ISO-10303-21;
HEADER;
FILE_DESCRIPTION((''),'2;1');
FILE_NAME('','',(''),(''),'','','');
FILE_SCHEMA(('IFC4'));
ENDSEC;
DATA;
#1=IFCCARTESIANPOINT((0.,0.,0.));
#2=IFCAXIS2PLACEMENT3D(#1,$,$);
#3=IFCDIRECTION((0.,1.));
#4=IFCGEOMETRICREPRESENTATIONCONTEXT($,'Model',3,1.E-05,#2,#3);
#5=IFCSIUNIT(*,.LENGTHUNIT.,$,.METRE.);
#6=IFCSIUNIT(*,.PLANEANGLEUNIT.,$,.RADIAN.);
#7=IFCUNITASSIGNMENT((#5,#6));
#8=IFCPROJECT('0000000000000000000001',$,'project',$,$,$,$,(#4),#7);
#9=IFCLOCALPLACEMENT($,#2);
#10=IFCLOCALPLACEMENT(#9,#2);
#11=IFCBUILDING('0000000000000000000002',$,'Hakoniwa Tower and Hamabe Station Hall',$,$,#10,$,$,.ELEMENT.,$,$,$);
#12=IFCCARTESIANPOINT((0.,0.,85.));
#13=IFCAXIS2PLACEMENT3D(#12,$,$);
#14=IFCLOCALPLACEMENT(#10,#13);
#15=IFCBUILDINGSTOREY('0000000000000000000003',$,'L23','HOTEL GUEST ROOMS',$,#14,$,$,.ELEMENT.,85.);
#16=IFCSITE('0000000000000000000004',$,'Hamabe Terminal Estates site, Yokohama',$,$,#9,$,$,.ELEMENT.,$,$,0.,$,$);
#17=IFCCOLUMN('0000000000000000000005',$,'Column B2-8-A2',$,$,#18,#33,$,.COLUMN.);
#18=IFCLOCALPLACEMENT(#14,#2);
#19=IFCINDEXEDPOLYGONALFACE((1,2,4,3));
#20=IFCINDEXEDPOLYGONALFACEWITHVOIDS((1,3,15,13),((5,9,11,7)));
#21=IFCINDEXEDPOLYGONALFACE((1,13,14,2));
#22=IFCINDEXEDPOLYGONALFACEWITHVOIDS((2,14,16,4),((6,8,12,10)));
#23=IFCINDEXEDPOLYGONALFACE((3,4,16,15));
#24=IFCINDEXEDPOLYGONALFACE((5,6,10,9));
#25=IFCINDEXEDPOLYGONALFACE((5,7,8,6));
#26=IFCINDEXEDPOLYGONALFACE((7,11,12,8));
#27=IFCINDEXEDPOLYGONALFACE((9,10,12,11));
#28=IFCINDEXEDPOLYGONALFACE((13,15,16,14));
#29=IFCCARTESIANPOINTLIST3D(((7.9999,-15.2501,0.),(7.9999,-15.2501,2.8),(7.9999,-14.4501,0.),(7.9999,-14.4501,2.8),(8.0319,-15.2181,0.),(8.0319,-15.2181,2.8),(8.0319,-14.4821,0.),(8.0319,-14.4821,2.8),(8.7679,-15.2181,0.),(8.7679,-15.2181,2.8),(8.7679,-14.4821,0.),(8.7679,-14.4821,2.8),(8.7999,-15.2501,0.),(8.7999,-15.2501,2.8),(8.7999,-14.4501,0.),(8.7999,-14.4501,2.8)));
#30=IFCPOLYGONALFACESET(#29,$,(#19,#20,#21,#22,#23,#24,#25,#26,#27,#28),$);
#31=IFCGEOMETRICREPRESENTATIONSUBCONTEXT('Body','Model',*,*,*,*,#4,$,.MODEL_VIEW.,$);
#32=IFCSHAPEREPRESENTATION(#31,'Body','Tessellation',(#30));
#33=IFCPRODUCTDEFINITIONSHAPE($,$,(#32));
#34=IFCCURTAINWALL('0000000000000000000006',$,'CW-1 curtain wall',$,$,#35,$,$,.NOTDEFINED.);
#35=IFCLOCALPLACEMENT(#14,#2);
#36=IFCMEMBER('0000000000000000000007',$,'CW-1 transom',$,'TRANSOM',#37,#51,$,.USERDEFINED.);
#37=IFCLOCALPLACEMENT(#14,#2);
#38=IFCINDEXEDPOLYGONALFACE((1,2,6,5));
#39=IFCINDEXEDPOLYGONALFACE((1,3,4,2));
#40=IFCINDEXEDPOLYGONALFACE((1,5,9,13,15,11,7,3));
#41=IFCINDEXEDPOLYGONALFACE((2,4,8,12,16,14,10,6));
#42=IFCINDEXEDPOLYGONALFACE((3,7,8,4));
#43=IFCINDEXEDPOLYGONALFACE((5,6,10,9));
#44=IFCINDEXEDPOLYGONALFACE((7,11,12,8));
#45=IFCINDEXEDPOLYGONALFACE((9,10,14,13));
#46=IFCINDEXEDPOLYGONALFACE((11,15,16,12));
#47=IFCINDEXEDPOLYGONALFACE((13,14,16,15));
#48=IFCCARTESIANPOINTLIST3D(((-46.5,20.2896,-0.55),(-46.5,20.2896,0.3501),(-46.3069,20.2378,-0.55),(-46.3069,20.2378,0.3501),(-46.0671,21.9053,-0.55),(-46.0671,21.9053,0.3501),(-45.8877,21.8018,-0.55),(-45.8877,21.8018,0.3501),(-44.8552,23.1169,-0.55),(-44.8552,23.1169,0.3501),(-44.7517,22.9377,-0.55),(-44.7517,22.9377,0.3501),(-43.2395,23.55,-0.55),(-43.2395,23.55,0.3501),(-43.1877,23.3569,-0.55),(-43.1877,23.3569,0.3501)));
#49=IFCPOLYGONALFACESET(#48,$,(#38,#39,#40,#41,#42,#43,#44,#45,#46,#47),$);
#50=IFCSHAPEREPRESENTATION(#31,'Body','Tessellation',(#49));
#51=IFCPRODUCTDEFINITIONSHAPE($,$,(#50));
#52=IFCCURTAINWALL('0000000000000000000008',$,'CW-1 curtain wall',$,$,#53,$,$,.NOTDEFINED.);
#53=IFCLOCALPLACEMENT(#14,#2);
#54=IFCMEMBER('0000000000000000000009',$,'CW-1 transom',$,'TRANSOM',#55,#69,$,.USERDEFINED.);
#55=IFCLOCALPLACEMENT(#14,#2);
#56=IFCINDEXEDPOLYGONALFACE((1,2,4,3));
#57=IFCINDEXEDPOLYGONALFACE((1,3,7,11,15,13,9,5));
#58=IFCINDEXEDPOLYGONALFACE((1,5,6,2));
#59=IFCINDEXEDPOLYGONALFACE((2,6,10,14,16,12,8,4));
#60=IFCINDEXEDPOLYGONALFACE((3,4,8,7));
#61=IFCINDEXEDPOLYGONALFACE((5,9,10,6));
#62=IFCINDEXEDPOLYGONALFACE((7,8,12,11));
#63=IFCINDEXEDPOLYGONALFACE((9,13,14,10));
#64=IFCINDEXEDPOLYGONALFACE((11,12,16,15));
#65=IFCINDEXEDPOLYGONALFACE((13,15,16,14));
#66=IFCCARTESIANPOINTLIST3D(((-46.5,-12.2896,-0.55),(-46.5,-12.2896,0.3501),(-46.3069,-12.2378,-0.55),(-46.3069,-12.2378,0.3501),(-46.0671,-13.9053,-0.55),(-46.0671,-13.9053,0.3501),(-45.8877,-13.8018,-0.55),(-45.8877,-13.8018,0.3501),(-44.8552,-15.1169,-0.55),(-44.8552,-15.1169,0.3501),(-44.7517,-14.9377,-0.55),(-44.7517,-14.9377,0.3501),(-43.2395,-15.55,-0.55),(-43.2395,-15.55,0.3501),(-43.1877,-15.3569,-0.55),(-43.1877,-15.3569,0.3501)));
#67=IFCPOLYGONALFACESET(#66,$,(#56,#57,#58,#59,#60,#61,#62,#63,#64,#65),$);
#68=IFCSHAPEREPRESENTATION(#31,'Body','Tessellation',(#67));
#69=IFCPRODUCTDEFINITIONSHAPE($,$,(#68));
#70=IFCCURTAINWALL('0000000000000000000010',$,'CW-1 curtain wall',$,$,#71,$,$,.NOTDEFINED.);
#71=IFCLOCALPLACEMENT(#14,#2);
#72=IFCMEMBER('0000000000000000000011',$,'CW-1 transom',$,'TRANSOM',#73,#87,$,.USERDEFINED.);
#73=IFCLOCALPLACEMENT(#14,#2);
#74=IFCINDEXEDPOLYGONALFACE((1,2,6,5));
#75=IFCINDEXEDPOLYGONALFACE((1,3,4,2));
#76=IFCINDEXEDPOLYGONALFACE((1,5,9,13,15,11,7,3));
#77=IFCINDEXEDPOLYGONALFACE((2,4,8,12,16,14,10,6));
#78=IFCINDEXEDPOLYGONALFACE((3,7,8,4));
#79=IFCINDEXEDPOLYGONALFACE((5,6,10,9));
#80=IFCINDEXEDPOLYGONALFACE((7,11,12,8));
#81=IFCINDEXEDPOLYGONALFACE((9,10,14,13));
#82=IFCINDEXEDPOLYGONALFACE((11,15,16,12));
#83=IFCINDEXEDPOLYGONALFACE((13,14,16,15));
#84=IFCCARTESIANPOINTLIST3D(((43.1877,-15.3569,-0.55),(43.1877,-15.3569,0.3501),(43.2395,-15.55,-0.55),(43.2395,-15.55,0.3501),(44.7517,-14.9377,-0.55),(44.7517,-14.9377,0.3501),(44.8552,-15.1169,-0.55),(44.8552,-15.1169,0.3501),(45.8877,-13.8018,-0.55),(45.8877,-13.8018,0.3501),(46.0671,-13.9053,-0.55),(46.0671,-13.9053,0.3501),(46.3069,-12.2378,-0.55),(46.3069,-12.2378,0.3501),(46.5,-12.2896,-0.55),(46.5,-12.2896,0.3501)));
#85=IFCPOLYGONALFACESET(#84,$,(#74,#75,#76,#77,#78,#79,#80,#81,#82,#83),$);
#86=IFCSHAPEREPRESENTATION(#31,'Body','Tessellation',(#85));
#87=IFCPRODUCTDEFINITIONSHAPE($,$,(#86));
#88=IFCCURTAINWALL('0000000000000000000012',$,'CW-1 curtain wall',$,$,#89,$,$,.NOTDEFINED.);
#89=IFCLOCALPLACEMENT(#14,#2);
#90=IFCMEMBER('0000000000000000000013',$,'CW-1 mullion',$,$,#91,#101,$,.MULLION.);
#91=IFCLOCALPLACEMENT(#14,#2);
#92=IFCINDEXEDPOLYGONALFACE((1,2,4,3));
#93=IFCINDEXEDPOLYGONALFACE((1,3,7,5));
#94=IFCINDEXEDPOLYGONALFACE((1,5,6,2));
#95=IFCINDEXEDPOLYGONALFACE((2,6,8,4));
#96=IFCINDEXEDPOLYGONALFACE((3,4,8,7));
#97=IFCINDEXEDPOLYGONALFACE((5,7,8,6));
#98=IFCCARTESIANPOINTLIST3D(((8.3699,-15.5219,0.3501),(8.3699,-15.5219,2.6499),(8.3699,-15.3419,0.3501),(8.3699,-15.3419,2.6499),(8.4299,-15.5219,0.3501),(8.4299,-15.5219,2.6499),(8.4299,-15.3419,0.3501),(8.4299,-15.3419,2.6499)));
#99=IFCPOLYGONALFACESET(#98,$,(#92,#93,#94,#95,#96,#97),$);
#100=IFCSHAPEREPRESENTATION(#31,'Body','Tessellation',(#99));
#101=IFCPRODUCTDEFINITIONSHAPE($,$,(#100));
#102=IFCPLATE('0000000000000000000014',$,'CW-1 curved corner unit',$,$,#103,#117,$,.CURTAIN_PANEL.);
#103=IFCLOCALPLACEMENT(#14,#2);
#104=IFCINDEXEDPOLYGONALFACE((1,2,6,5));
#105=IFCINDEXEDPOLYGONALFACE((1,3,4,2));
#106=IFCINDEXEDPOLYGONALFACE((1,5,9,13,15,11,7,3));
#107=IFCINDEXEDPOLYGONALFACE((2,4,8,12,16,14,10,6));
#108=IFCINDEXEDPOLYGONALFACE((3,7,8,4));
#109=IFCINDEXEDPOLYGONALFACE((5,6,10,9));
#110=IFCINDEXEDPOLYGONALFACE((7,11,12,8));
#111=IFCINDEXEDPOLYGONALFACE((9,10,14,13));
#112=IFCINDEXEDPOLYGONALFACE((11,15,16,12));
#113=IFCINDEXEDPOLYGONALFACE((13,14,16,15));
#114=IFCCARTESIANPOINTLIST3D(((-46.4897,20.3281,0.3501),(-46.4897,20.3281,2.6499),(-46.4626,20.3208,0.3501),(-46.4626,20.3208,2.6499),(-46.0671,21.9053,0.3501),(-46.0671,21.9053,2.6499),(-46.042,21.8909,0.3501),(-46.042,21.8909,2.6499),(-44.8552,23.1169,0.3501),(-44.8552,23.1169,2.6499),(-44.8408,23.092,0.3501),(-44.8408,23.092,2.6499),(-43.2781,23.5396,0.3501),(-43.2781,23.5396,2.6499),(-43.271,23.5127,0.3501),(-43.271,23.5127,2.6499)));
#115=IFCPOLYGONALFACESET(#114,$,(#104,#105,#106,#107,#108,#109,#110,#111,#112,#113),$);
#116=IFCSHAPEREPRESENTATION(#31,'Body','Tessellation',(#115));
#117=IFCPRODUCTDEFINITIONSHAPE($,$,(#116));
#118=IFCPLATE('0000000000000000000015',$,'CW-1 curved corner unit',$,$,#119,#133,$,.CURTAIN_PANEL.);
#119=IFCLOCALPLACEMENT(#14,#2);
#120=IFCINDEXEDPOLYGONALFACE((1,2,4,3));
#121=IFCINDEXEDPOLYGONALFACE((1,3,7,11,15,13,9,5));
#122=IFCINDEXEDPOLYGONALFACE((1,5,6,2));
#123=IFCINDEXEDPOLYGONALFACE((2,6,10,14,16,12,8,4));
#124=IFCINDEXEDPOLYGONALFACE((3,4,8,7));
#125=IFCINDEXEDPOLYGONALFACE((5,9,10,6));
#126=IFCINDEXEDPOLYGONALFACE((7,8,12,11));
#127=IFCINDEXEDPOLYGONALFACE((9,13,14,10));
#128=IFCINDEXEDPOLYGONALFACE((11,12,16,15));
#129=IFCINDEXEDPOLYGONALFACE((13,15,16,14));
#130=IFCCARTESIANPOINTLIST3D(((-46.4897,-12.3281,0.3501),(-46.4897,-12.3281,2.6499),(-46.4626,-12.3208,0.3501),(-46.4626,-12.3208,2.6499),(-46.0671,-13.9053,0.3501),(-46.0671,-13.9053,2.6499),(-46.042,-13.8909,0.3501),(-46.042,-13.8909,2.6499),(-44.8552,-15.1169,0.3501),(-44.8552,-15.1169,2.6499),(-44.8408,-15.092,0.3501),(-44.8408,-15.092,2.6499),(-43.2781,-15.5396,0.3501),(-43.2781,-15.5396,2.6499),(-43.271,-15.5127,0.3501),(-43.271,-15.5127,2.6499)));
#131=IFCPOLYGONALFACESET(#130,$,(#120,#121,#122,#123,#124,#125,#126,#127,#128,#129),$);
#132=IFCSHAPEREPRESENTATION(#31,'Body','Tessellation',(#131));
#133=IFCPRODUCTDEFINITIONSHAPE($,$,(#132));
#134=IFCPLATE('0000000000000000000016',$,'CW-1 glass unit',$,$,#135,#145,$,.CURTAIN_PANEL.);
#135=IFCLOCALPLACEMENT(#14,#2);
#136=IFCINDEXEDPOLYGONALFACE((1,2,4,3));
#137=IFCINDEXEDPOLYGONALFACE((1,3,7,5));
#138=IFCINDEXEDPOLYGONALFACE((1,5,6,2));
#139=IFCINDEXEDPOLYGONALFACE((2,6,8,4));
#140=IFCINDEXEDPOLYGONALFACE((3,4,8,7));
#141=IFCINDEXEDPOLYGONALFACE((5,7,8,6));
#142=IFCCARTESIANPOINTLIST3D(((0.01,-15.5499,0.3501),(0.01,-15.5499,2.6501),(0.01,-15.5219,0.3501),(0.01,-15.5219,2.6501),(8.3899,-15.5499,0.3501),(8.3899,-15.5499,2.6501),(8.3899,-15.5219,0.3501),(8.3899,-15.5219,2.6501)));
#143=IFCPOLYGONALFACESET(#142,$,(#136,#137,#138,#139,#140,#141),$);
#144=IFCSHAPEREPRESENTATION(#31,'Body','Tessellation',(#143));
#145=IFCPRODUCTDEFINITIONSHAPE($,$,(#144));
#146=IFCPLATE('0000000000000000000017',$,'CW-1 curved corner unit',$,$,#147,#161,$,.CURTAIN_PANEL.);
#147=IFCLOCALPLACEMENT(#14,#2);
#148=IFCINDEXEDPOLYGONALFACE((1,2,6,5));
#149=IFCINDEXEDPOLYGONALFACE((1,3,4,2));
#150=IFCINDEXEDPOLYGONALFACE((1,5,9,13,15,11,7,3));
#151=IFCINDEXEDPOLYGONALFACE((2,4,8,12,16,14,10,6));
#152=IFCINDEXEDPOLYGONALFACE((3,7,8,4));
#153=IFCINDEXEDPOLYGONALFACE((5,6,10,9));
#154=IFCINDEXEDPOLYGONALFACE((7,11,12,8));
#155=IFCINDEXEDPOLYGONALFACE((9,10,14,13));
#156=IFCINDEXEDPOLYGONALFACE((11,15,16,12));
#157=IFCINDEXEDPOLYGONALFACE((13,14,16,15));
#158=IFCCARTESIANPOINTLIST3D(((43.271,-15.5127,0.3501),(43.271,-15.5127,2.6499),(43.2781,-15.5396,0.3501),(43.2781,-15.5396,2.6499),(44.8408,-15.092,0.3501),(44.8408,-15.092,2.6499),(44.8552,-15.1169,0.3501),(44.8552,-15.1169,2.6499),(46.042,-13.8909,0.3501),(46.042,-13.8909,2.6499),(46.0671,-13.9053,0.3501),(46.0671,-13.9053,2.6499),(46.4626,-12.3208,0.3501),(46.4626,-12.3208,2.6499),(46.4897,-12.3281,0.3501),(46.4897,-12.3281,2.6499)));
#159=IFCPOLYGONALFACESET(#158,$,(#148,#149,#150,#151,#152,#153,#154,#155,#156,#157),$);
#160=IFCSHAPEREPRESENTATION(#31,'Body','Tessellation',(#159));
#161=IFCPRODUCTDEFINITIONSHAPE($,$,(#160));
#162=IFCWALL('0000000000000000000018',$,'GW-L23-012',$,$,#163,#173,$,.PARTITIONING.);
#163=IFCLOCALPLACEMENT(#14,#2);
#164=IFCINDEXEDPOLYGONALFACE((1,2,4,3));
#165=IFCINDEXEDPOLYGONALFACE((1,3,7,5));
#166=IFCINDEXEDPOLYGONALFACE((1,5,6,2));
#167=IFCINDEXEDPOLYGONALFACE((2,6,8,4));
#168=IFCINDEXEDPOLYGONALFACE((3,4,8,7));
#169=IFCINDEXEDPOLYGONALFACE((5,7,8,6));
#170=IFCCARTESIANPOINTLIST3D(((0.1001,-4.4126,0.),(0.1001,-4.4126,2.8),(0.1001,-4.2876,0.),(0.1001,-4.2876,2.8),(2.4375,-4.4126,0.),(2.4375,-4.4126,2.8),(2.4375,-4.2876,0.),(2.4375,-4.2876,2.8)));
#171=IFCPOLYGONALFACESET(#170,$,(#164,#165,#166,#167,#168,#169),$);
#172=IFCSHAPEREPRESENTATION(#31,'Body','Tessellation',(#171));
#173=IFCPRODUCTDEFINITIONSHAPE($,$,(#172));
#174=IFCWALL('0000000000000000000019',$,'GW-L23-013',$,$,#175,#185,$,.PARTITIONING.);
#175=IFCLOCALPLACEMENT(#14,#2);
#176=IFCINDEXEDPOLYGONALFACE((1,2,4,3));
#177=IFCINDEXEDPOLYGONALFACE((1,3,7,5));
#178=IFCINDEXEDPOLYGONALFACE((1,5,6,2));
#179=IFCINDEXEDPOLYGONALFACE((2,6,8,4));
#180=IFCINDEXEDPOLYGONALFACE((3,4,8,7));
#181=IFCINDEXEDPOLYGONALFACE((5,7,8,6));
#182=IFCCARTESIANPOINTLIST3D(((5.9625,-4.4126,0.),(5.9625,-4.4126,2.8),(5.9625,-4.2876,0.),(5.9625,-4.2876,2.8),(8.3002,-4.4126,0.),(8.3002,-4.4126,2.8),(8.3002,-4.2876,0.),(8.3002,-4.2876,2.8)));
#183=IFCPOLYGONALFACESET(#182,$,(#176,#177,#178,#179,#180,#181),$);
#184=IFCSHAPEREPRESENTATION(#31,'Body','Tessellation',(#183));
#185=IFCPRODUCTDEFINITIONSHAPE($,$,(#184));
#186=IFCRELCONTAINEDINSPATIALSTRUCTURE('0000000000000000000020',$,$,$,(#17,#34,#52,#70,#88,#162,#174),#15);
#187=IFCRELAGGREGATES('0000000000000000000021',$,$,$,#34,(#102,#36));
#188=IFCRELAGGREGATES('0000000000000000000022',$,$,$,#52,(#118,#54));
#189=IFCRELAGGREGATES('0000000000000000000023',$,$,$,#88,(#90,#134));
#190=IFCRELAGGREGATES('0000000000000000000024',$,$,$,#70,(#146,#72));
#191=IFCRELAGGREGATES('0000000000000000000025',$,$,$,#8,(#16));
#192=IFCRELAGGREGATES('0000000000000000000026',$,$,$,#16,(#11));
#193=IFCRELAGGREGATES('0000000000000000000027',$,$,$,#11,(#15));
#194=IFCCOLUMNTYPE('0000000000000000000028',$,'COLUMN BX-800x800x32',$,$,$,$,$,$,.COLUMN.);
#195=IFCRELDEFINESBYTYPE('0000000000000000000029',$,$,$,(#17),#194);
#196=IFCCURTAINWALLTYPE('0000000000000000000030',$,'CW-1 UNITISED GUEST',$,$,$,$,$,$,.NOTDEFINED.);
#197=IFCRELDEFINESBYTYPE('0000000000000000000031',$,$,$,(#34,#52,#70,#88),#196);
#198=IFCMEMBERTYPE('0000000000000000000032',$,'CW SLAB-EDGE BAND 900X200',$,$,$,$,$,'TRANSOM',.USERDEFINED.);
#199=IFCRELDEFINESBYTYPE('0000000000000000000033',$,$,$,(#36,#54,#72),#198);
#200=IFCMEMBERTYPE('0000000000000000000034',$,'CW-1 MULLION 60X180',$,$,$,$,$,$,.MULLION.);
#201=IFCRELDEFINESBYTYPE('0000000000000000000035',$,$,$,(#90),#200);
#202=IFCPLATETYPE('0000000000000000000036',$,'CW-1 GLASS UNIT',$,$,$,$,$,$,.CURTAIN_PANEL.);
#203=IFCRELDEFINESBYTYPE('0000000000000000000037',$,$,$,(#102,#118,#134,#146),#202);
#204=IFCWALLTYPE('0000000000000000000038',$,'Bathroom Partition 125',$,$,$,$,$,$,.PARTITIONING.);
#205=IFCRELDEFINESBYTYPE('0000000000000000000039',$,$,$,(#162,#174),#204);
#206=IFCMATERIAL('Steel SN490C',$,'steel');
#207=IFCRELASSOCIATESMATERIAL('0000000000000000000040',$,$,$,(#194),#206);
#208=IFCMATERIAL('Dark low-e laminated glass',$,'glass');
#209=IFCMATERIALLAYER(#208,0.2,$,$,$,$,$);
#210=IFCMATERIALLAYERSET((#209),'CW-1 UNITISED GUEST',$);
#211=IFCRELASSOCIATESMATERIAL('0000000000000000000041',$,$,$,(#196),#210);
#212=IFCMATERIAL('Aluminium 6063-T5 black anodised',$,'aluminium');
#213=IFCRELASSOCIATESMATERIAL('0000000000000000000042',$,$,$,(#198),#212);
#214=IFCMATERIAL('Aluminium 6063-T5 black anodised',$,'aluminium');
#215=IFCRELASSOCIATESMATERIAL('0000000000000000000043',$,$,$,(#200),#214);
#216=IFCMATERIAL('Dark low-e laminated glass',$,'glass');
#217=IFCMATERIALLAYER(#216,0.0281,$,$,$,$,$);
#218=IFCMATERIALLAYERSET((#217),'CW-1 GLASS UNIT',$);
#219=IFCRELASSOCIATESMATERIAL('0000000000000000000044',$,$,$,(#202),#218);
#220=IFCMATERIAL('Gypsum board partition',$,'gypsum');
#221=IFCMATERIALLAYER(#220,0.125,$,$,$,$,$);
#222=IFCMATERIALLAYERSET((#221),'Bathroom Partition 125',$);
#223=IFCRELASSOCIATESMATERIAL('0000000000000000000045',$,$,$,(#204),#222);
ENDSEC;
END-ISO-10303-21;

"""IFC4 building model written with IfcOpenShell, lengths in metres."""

from ifc_helpers import new_model, si_unit, direction, frame, frame_2d, origin, origin_2d, place, context, subcontext, project, spatial, polyline, rectangle, hollow_rectangle, outline, extrude, material, layer, layer_set, material_profile, profile_set, type_object, element, aggregate, save


model = new_model("IFC4")

# Units and contexts
model_context = context("Model", 3, precision=1e-05, world=origin(), true_north=direction((0.0, 1.0)))
body_context = subcontext(model_context, "Body", "Model", "MODEL_VIEW")
ifc_project = project(units=[si_unit("LENGTHUNIT", "METRE"), si_unit("PLANEANGLEUNIT", "RADIAN")], contexts=[model_context])

# Site, building, storey
site_placement = place(None, origin())
site = spatial("IfcSite", under=ifc_project, at=site_placement, Name="Hamabe Terminal Estates site, Yokohama", CompositionType="ELEMENT", RefElevation=0.0)
building_placement = place(site_placement, origin())
building = spatial("IfcBuilding", under=site, at=building_placement, Name="Hakoniwa Tower and Hamabe Station Hall", CompositionType="ELEMENT")
storey_placement = place(building_placement, frame((0.0, 0.0, 85.0)))
storey = spatial("IfcBuildingStorey", under=building, at=storey_placement, Name="L23", Description="HOTEL GUEST ROOMS", CompositionType="ELEMENT", Elevation=85.0)

# Column
ifc_material_1 = material(Name="Steel SN490C", Category="steel")
ifc_material_profile_1 = material_profile(ifc_material_1, hollow_rectangle(XDim=0.8, YDim=0.8, WallThickness=0.032, at=origin_2d()), Name="BX-800x800x32")
ifc_profile_set_1 = profile_set([ifc_material_profile_1], Name="Steel SN490C")
column_type = type_object("IfcColumnType", Name="COLUMN BX-800x800x32", PredefinedType="COLUMN", material=ifc_profile_set_1)
column_placement = place(storey_placement, frame((8.3999, -14.8501, 0.0), z_axis=(0.0, 0.0, 1.0), x_axis=(1.0, 0.0, 0.0)))
element("IfcColumn", 1, at=column_placement, inside=storey, type_object=column_type, Name="Column B2-8-A2", PredefinedType="COLUMN", context=body_context, shape_type="SweptSolid", body=[
    extrude(hollow_rectangle(XDim=0.8, YDim=0.8, WallThickness=0.032, at=origin_2d()), origin(), (0.0, 0.0, 1.0), 2.8),
])

# Curtain walls, members
ifc_material_2 = material(Name="Dark low-e laminated glass", Category="glass")
ifc_layer_1 = layer(ifc_material_2, 0.2)
ifc_layer_set_1 = layer_set([ifc_layer_1], Name="CW-1 UNITISED GUEST")
curtain_wall_type = type_object("IfcCurtainWallType", Name="CW-1 UNITISED GUEST", PredefinedType="NOTDEFINED", material=ifc_layer_set_1)
curtain_wall_1_placement = place(storey_placement, origin())
curtain_wall_1 = element("IfcCurtainWall", 2, at=curtain_wall_1_placement, inside=storey, type_object=curtain_wall_type, Name="CW-1 curtain wall", PredefinedType="NOTDEFINED")
ifc_material_3 = material(Name="Aluminium 6063-T5 black anodised", Category="aluminium")
ifc_material_profile_2 = material_profile(ifc_material_3, rectangle(XDim=0.2, YDim=0.8999, at=origin_2d()), Name="CW SLAB-EDGE BAND 900X200")
ifc_profile_set_2 = profile_set([ifc_material_profile_2], Name="Aluminium 6063-T5 black anodised")
member_type_1 = type_object("IfcMemberType", Name="CW SLAB-EDGE BAND 900X200", ElementType="TRANSOM", PredefinedType="USERDEFINED", material=ifc_profile_set_2)
member_1_placement = place(storey_placement, frame((0.0, 0.0, -0.55)))
member_1 = element("IfcMember", 3, at=member_1_placement, type_object=member_type_1, Name="CW-1 transom", ObjectType="TRANSOM", PredefinedType="USERDEFINED", context=body_context, shape_type="SweptSolid", body=[
    extrude(outline(polyline([(-43.2395, 23.55), (-44.8552, 23.1169), (-46.0671, 21.9053), (-46.5, 20.2896), (-46.3069, 20.2378), (-45.8877, 21.8018), (-44.7517, 22.9377), (-43.1877, 23.3569), (-43.2395, 23.55)])), origin(), (0.0, 0.0, 1.0), 0.9001),
])
curtain_wall_2_placement = place(storey_placement, origin())
curtain_wall_2 = element("IfcCurtainWall", 4, at=curtain_wall_2_placement, inside=storey, type_object=curtain_wall_type, Name="CW-1 curtain wall", PredefinedType="NOTDEFINED")
member_2_placement = place(storey_placement, frame((0.0, 0.0, -0.55)))
member_2 = element("IfcMember", 5, at=member_2_placement, type_object=member_type_1, Name="CW-1 transom", ObjectType="TRANSOM", PredefinedType="USERDEFINED", context=body_context, shape_type="SweptSolid", body=[
    extrude(outline(polyline([(-46.5, -12.2896), (-46.0671, -13.9053), (-44.8552, -15.1169), (-43.2395, -15.55), (-43.1877, -15.3569), (-44.7517, -14.9377), (-45.8877, -13.8018), (-46.3069, -12.2378), (-46.5, -12.2896)])), origin(), (0.0, 0.0, 1.0), 0.9001),
])
curtain_wall_3_placement = place(storey_placement, origin())
curtain_wall_3 = element("IfcCurtainWall", 6, at=curtain_wall_3_placement, inside=storey, type_object=curtain_wall_type, Name="CW-1 curtain wall", PredefinedType="NOTDEFINED")
member_3_placement = place(storey_placement, frame((0.0, 0.0, -0.55)))
member_3 = element("IfcMember", 7, at=member_3_placement, type_object=member_type_1, Name="CW-1 transom", ObjectType="TRANSOM", PredefinedType="USERDEFINED", context=body_context, shape_type="SweptSolid", body=[
    extrude(outline(polyline([(43.2395, -15.55), (44.8552, -15.1169), (46.0671, -13.9053), (46.5, -12.2896), (46.3069, -12.2378), (45.8877, -13.8018), (44.7517, -14.9377), (43.1877, -15.3569), (43.2395, -15.55)])), origin(), (0.0, 0.0, 1.0), 0.9001),
])
curtain_wall_4_placement = place(storey_placement, origin())
curtain_wall_4 = element("IfcCurtainWall", 8, at=curtain_wall_4_placement, inside=storey, type_object=curtain_wall_type, Name="CW-1 curtain wall", PredefinedType="NOTDEFINED")
ifc_material_4 = material(Name="Aluminium 6063-T5 black anodised", Category="aluminium")
ifc_material_profile_3 = material_profile(ifc_material_4, rectangle(XDim=0.0601, YDim=0.1799, at=origin_2d()), Name="CW-1 MULLION 60X180")
ifc_profile_set_3 = profile_set([ifc_material_profile_3], Name="Aluminium 6063-T5 black anodised")
member_type_2 = type_object("IfcMemberType", Name="CW-1 MULLION 60X180", PredefinedType="MULLION", material=ifc_profile_set_3)
member_4_placement = place(storey_placement, frame((8.3999, -15.4319, 0.3501), z_axis=(0.0, 0.0, 1.0), x_axis=(1.0, 0.0, 0.0)))
member_4 = element("IfcMember", 9, at=member_4_placement, type_object=member_type_2, Name="CW-1 mullion", PredefinedType="MULLION", context=body_context, shape_type="SweptSolid", body=[
    extrude(rectangle(XDim=0.0601, YDim=0.1799, at=origin_2d()), origin(), (0.0, 0.0, 1.0), 2.2998),
])

# Plates
ifc_material_5 = material(Name="Dark low-e laminated glass", Category="glass")
ifc_layer_2 = layer(ifc_material_5, 0.0281)
ifc_layer_set_2 = layer_set([ifc_layer_2], Name="CW-1 GLASS UNIT")
plate_type = type_object("IfcPlateType", Name="CW-1 GLASS UNIT", PredefinedType="CURTAIN_PANEL", material=ifc_layer_set_2)
plate_1_placement = place(storey_placement, frame((0.0, 0.0, 0.3501)))
plate_1 = element("IfcPlate", 10, at=plate_1_placement, type_object=plate_type, Name="CW-1 curved corner unit", PredefinedType="CURTAIN_PANEL", context=body_context, shape_type="SweptSolid", body=[
    extrude(outline(polyline([(-43.2781, 23.5396), (-44.8552, 23.1169), (-46.0671, 21.9053), (-46.4897, 20.3281), (-46.4626, 20.3208), (-46.042, 21.8909), (-44.8408, 23.092), (-43.271, 23.5127), (-43.2781, 23.5396)])), origin(), (0.0, 0.0, 1.0), 2.2998),
])
aggregate(curtain_wall_1, [plate_1, member_1])
plate_2_placement = place(storey_placement, frame((0.0, 0.0, 0.3501)))
plate_2 = element("IfcPlate", 11, at=plate_2_placement, type_object=plate_type, Name="CW-1 curved corner unit", PredefinedType="CURTAIN_PANEL", context=body_context, shape_type="SweptSolid", body=[
    extrude(outline(polyline([(-46.4897, -12.3281), (-46.0671, -13.9053), (-44.8552, -15.1169), (-43.2781, -15.5396), (-43.271, -15.5127), (-44.8408, -15.092), (-46.042, -13.8909), (-46.4626, -12.3208), (-46.4897, -12.3281)])), origin(), (0.0, 0.0, 1.0), 2.2998),
])
aggregate(curtain_wall_2, [plate_2, member_2])
plate_3_placement = place(storey_placement, frame((4.2, -15.5359, 0.3501), z_axis=(0.0, 0.0, 1.0), x_axis=(1.0, 0.0, 0.0)))
plate_3 = element("IfcPlate", 12, at=plate_3_placement, type_object=plate_type, Name="CW-1 glass unit", PredefinedType="CURTAIN_PANEL", context=body_context, shape_type="SweptSolid", body=[
    extrude(rectangle(XDim=8.3799, YDim=0.0281, at=origin_2d()), origin(), (0.0, 0.0, 1.0), 2.3),
])
aggregate(curtain_wall_4, [member_4, plate_3])
plate_4_placement = place(storey_placement, frame((0.0, 0.0, 0.3501)))
plate_4 = element("IfcPlate", 13, at=plate_4_placement, type_object=plate_type, Name="CW-1 curved corner unit", PredefinedType="CURTAIN_PANEL", context=body_context, shape_type="SweptSolid", body=[
    extrude(outline(polyline([(43.2781, -15.5396), (44.8552, -15.1169), (46.0671, -13.9053), (46.4897, -12.3281), (46.4626, -12.3208), (46.042, -13.8909), (44.8408, -15.092), (43.271, -15.5127), (43.2781, -15.5396)])), origin(), (0.0, 0.0, 1.0), 2.2998),
])
aggregate(curtain_wall_3, [plate_4, member_3])

# Walls
ifc_material_6 = material(Name="Gypsum board partition", Category="gypsum")
ifc_layer_3 = layer(ifc_material_6, 0.125)
ifc_layer_set_3 = layer_set([ifc_layer_3], Name="Bathroom Partition 125")
wall_type_1 = type_object("IfcWallType", Name="Bathroom Partition 125", PredefinedType="PARTITIONING", material=ifc_layer_set_3)
wall_1_placement = place(storey_placement, frame((0.1001, -4.3501, 0.0), z_axis=(0.0, 0.0, 1.0), x_axis=(1.0, 0.0, 0.0)))
element("IfcWall", 14, at=wall_1_placement, inside=storey, type_object=wall_type_1, Name="GW-L23-012", PredefinedType="PARTITIONING", context=body_context, shape_type="SweptSolid", body=[
    extrude(rectangle(XDim=2.3374, YDim=0.125, at=frame_2d((1.1687, 0.0))), origin(), (0.0, 0.0, 1.0), 2.8),
])
wall_2_placement = place(storey_placement, frame((5.9624, -4.3501, 0.0), z_axis=(0.0, 0.0, 1.0), x_axis=(1.0, 0.0, 0.0)))
element("IfcWall", 15, at=wall_2_placement, inside=storey, type_object=wall_type_1, Name="GW-L23-013", PredefinedType="PARTITIONING", context=body_context, shape_type="SweptSolid", body=[
    extrude(rectangle(XDim=2.3376, YDim=0.125, at=frame_2d((1.1689, 0.0))), origin(), (0.0, 0.0, 1.0), 2.8),
])

save(model, "model.ifc")
